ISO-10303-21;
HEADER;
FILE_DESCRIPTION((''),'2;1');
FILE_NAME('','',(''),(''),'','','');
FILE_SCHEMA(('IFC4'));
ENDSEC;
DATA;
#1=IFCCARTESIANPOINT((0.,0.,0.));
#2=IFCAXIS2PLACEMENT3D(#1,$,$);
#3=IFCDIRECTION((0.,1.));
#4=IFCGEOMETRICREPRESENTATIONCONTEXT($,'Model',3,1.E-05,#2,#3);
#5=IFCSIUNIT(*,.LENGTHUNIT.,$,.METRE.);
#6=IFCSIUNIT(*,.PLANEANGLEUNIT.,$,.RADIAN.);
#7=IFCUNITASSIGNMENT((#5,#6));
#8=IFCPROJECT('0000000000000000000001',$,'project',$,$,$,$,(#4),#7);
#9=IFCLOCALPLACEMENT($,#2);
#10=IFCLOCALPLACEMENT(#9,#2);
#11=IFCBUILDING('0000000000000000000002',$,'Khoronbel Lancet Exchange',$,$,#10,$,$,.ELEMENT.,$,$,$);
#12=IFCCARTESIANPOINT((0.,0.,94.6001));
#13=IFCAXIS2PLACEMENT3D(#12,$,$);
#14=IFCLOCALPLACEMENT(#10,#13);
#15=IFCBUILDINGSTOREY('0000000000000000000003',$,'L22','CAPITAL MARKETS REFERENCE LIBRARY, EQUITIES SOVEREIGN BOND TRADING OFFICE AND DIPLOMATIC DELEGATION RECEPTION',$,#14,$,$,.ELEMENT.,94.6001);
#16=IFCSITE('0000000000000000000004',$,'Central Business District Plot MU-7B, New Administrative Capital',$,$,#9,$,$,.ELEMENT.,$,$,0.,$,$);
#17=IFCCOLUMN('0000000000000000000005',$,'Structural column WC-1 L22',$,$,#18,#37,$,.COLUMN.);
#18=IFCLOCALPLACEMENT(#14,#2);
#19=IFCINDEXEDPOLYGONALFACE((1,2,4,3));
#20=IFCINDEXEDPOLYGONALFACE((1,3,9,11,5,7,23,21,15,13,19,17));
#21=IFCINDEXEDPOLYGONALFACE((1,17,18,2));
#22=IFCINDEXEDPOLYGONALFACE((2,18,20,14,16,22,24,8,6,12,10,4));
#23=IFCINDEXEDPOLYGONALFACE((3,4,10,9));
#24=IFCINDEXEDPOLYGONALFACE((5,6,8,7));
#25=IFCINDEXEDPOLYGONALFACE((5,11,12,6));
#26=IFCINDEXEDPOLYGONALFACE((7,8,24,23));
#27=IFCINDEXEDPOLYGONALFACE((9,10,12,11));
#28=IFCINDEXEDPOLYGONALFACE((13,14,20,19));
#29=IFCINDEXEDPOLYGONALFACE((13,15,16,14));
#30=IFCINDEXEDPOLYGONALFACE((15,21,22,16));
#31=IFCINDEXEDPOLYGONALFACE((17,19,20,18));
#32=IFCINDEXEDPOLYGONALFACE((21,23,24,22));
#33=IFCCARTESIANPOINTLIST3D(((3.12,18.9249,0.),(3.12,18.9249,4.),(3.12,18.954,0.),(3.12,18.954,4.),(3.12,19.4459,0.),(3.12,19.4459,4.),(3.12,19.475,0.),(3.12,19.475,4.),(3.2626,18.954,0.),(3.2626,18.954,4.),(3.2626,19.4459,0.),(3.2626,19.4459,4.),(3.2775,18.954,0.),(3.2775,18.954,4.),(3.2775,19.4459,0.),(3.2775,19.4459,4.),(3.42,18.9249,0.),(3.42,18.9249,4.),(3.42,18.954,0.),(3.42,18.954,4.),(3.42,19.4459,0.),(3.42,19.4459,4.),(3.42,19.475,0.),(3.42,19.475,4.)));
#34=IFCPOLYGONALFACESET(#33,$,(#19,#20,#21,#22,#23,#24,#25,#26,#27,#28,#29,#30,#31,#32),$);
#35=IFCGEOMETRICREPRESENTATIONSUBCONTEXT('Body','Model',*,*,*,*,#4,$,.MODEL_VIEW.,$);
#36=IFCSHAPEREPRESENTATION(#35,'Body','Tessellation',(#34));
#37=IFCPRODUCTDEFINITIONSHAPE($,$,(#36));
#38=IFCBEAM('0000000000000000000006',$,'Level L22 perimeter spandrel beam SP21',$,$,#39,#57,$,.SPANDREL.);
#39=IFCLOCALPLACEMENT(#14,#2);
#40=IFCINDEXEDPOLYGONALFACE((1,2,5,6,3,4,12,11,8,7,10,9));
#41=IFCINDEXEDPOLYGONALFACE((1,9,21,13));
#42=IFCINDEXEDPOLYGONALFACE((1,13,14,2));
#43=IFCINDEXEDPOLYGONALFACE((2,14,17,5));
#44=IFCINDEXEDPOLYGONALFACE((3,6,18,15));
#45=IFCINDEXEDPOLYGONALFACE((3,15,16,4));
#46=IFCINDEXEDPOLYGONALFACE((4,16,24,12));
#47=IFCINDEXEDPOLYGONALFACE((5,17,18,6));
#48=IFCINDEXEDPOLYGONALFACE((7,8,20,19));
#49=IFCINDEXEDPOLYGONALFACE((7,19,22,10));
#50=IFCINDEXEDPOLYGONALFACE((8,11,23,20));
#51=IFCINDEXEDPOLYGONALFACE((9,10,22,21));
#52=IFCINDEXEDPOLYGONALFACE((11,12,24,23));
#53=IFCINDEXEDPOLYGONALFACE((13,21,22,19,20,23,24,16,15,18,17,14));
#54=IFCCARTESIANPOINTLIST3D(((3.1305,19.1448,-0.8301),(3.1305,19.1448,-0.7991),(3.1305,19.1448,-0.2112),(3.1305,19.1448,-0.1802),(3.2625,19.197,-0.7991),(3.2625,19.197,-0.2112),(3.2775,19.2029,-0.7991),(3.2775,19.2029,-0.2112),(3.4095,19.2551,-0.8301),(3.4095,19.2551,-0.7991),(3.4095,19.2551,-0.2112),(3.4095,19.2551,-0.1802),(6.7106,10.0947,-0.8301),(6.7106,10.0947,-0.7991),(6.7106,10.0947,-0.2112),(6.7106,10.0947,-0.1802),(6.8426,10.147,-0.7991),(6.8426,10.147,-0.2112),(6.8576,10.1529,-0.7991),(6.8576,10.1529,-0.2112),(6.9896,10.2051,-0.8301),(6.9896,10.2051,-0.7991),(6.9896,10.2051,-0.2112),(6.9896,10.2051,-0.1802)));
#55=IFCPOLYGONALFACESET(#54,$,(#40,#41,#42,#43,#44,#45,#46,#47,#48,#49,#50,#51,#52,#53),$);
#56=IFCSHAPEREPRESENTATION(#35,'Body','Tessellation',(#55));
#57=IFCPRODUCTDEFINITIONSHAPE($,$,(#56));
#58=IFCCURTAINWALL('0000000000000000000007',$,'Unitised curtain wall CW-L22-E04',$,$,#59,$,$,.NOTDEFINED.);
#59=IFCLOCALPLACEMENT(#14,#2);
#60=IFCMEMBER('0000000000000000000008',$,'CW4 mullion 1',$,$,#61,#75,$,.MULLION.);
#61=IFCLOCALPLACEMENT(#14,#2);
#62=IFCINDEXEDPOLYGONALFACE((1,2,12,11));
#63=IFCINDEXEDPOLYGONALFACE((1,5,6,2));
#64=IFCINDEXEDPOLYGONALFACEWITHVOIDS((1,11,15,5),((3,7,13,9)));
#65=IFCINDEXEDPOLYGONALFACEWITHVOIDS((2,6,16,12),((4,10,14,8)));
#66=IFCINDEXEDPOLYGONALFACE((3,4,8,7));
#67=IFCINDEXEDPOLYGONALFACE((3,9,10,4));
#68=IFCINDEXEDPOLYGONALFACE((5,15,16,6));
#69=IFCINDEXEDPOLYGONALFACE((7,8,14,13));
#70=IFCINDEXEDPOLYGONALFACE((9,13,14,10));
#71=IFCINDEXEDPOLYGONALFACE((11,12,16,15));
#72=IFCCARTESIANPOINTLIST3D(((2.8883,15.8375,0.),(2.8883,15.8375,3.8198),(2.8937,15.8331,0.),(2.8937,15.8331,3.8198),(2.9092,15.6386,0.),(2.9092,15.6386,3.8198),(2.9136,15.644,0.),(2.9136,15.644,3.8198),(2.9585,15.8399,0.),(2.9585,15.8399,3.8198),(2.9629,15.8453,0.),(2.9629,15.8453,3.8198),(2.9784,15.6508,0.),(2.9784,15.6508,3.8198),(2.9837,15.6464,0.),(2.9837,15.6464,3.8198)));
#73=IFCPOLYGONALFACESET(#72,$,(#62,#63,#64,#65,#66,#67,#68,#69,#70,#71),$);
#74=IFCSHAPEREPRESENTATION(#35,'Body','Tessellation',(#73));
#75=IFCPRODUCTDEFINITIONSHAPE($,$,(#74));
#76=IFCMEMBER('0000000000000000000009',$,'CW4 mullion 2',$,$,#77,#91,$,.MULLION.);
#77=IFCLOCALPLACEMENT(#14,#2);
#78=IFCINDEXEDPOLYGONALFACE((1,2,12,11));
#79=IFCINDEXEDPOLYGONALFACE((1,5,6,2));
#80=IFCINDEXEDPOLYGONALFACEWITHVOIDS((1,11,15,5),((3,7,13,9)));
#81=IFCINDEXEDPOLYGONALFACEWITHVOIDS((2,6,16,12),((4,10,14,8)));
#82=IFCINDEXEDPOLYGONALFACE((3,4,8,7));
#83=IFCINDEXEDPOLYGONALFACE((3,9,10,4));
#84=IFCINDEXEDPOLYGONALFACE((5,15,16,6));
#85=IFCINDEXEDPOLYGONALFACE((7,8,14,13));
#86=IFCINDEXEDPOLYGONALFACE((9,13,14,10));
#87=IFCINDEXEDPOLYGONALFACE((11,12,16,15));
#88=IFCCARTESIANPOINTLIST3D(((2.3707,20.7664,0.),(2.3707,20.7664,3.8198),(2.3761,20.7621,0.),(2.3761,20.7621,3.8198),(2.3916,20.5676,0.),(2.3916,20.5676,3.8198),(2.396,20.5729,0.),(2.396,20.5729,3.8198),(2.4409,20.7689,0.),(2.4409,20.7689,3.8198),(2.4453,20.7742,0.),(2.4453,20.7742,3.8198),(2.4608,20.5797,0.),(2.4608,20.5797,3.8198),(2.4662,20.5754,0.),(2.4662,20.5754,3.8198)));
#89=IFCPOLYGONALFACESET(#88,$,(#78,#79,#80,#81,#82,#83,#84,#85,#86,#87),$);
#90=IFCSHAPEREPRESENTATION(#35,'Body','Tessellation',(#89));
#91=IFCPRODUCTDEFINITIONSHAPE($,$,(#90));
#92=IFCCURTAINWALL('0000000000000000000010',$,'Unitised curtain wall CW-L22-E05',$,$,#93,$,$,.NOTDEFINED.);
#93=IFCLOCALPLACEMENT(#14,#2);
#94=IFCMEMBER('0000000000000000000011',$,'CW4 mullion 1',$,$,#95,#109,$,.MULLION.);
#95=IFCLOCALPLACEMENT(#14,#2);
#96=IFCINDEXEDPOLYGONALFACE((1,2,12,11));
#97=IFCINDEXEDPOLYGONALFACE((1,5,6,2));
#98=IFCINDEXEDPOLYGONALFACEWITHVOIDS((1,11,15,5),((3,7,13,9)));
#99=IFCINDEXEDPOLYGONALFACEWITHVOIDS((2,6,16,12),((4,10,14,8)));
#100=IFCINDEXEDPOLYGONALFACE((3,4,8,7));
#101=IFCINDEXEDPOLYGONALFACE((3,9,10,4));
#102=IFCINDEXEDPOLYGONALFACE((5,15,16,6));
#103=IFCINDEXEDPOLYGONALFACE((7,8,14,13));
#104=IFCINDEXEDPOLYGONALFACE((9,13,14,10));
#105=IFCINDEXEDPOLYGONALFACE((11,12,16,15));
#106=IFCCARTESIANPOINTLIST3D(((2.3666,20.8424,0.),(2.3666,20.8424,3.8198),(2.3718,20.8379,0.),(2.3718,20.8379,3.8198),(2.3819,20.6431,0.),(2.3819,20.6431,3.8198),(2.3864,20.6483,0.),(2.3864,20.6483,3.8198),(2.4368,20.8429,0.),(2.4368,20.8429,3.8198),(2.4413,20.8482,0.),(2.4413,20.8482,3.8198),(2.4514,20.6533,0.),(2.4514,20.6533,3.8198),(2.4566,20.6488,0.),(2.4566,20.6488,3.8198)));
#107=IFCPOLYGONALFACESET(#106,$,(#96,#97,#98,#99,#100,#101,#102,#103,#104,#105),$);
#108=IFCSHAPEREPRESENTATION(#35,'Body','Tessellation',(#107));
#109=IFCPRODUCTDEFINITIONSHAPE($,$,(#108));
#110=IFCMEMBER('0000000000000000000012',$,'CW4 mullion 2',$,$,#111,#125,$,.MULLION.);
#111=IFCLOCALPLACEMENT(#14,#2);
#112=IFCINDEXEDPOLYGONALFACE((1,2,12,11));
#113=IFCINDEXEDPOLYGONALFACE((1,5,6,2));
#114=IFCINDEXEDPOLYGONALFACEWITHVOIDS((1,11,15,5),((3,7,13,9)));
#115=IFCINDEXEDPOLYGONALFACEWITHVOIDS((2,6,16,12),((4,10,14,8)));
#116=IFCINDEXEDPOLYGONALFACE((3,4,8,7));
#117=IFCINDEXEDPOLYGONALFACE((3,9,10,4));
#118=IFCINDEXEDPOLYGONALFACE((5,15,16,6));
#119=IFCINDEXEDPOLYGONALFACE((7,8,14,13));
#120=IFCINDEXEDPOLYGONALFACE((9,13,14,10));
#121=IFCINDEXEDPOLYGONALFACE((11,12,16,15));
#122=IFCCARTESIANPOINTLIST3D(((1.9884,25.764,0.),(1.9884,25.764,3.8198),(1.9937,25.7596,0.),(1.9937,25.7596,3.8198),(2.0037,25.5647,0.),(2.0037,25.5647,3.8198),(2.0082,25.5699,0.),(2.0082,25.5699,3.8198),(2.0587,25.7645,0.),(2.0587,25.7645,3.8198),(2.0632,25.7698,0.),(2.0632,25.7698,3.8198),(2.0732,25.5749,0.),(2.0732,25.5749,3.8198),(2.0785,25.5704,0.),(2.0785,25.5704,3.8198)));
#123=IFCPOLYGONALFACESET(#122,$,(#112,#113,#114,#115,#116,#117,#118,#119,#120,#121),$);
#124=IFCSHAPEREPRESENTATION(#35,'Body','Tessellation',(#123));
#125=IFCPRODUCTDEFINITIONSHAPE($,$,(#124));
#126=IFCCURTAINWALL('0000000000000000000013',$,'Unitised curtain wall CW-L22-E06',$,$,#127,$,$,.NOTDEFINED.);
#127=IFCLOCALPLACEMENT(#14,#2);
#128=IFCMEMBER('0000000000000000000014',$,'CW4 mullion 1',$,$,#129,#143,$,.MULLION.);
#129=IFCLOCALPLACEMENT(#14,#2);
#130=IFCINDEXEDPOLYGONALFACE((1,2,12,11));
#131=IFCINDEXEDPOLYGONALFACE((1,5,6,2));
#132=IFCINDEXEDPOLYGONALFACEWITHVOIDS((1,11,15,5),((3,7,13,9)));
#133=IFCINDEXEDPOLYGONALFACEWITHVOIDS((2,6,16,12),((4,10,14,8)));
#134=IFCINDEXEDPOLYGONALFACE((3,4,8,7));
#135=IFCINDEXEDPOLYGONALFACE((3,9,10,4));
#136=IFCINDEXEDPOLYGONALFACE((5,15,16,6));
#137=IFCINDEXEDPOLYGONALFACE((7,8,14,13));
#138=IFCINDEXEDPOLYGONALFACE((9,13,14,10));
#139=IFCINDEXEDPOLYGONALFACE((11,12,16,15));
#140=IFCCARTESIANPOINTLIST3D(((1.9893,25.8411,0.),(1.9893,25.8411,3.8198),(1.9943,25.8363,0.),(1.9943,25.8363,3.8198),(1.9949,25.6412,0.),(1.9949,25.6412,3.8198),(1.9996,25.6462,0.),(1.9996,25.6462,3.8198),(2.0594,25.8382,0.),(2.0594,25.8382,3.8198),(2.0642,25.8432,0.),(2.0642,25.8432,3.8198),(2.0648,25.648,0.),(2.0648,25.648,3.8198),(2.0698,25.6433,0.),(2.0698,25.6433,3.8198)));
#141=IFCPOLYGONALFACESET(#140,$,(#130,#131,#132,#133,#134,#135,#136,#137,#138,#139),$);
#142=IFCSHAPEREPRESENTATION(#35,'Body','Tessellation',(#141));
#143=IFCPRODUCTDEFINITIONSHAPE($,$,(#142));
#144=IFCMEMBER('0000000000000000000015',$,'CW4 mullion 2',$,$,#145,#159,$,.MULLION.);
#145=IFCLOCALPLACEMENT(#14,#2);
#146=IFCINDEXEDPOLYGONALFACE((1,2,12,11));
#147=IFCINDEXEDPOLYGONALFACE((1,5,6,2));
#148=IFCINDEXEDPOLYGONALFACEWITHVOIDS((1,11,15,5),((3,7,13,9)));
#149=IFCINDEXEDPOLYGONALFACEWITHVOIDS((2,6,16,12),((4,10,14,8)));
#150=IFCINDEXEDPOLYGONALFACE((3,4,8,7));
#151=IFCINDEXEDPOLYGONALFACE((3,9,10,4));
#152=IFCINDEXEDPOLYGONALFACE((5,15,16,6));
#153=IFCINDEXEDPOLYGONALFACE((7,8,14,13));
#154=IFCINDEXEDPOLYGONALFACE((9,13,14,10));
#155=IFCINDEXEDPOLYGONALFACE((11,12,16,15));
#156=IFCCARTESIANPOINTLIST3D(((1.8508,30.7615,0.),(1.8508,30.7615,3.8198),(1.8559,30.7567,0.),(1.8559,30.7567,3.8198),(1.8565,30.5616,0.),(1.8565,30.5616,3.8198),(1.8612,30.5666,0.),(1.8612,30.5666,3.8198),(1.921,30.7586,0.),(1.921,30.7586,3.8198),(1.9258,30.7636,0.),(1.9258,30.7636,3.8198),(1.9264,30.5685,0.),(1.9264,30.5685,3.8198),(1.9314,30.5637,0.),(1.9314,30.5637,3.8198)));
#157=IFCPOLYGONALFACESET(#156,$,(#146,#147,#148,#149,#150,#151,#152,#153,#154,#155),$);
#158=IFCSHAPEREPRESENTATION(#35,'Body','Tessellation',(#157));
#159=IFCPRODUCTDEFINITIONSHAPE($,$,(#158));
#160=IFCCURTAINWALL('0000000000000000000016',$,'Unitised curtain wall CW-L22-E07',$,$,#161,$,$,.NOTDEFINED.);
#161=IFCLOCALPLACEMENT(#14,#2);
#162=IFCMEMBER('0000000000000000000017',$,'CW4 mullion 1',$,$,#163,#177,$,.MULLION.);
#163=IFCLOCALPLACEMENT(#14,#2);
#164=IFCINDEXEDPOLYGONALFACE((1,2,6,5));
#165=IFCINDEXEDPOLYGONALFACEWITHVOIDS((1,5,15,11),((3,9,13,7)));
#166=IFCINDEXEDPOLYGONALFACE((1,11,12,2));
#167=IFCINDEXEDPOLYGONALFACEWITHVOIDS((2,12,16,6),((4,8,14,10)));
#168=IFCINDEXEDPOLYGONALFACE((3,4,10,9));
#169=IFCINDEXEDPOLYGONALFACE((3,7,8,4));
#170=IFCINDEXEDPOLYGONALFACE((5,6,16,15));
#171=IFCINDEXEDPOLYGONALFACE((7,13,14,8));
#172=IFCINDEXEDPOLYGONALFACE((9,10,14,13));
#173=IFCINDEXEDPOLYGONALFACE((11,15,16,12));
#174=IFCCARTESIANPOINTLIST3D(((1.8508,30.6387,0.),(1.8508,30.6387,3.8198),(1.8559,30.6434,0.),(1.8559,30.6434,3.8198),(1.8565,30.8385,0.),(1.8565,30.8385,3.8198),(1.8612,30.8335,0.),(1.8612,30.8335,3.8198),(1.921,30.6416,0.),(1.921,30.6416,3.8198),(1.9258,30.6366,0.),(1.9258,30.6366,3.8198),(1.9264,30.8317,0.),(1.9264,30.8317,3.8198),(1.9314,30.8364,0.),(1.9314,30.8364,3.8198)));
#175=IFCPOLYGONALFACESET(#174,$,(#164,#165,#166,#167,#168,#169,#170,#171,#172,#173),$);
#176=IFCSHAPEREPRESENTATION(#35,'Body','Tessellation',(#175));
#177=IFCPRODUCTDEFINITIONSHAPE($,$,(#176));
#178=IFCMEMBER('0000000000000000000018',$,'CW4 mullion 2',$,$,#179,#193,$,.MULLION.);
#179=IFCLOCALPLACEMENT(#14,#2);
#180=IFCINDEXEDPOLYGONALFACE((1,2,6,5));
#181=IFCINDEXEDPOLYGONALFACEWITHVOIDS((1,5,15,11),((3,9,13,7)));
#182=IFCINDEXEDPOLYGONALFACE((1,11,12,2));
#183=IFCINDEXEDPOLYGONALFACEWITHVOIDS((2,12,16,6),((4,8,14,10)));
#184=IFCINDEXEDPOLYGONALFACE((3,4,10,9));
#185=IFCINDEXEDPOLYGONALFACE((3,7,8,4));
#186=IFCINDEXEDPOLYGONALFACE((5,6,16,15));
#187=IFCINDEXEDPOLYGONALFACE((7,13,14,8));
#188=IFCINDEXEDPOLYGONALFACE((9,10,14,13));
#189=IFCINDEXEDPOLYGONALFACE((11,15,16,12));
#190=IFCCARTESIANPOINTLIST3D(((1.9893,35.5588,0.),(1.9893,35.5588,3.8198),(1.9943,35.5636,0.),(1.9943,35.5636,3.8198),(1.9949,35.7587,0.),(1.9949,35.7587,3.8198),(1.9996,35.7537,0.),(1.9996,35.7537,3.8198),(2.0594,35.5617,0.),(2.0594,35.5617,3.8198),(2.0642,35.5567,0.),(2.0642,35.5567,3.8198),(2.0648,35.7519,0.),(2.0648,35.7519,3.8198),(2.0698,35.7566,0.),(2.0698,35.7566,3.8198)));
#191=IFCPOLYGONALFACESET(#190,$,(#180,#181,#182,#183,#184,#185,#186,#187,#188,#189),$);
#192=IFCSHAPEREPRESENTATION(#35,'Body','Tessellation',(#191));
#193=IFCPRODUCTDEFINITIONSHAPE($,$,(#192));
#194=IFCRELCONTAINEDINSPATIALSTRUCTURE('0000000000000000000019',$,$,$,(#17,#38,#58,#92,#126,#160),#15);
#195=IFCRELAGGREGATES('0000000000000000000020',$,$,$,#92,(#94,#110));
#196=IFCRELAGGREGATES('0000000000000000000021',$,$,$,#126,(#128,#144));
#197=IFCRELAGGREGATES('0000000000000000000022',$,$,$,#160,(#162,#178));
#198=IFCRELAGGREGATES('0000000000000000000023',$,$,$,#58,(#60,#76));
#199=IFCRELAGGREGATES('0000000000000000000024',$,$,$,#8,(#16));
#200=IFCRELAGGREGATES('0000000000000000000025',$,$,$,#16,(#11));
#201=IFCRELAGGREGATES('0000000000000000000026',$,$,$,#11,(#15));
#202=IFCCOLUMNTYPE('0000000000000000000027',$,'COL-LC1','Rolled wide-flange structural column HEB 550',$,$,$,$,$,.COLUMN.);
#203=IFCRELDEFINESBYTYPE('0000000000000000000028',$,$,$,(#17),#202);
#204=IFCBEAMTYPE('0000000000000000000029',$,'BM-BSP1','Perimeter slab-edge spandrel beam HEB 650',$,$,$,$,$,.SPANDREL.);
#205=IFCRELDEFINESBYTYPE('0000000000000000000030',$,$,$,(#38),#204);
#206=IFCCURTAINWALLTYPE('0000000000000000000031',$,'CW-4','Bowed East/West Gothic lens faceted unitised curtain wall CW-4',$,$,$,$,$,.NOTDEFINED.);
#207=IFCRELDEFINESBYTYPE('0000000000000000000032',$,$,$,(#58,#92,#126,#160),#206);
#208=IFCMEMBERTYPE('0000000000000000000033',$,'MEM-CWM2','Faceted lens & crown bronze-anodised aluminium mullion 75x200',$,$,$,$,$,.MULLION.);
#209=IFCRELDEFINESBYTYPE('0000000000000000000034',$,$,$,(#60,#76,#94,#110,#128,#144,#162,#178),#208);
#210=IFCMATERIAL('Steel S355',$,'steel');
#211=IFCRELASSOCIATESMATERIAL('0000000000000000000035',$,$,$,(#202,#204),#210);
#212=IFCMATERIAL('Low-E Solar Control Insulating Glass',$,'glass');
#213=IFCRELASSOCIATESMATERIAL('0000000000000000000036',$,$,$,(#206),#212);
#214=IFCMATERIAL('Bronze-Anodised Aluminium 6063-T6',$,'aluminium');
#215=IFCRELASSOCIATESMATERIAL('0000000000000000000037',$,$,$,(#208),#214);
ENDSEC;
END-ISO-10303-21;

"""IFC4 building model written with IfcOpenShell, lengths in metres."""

from ifc_helpers import new_model, si_unit, direction, frame, origin, origin_2d, place, context, subcontext, project, spatial, hollow_rectangle, i_section, extrude, material, material_profile, profile_set, type_object, element, aggregate, save


model = new_model("IFC4")

# Units and contexts
model_context = context("Model", 3, precision=1e-05, world=origin(), true_north=direction((0.0, 1.0)))
body_context = subcontext(model_context, "Body", "Model", "MODEL_VIEW")
ifc_project = project(units=[si_unit("LENGTHUNIT", "METRE"), si_unit("PLANEANGLEUNIT", "RADIAN")], contexts=[model_context])

# Site, building, storey
site_placement = place(None, origin())
site = spatial("IfcSite", under=ifc_project, at=site_placement, Name="Central Business District Plot MU-7B, New Administrative Capital", CompositionType="ELEMENT", RefElevation=0.0)
building_placement = place(site_placement, origin())
building = spatial("IfcBuilding", under=site, at=building_placement, Name="Khoronbel Lancet Exchange", CompositionType="ELEMENT")
storey_placement = place(building_placement, frame((0.0, 0.0, 94.6001)))
storey = spatial("IfcBuildingStorey", under=building, at=storey_placement, Name="L22", Description="CAPITAL MARKETS REFERENCE LIBRARY, EQUITIES SOVEREIGN BOND TRADING OFFICE AND DIPLOMATIC DELEGATION RECEPTION", CompositionType="ELEMENT", Elevation=94.6001)

# Column
ifc_material_1 = material(Name="Steel S355", Category="steel")
ifc_material_profile_1 = material_profile(ifc_material_1, i_section(OverallWidth=0.3, OverallDepth=0.55, WebThickness=0.0149, FlangeThickness=0.0291, at=origin_2d()), Name="HEB 550")
ifc_profile_set_1 = profile_set([ifc_material_profile_1], Name="Steel S355")
column_type = type_object("IfcColumnType", Name="COL-LC1", Description="Rolled wide-flange structural column HEB 550", PredefinedType="COLUMN", material=ifc_profile_set_1)
column_placement = place(storey_placement, frame((3.27, 19.2, 0.0), z_axis=(0.0, 0.0, 1.0), x_axis=(1.0, 0.0, 0.0)))
element("IfcColumn", 1, at=column_placement, inside=storey, type_object=column_type, Name="Structural column WC-1 L22", PredefinedType="COLUMN", context=body_context, shape_type="SweptSolid", body=[
    extrude(i_section(OverallWidth=0.3, OverallDepth=0.55, WebThickness=0.0149, FlangeThickness=0.0291, at=origin_2d()), origin(), (0.0, 0.0, 1.0), 4.0),
])

# Beam
ifc_material_profile_2 = material_profile(ifc_material_1, i_section(OverallWidth=0.3, OverallDepth=0.6499, WebThickness=0.0161, FlangeThickness=0.031, at=origin_2d()), Name="HEB 650")
ifc_profile_set_2 = profile_set([ifc_material_profile_2], Name="Steel S355")
beam_type = type_object("IfcBeamType", Name="BM-BSP1", Description="Perimeter slab-edge spandrel beam HEB 650", PredefinedType="SPANDREL", material=ifc_profile_set_2)
beam_placement = place(storey_placement, frame((3.27, 19.2, -0.5051), z_axis=(0.36785, -0.929885, 0.0), x_axis=(0.929885, 0.36785, 0.0)))
element("IfcBeam", 2, at=beam_placement, inside=storey, type_object=beam_type, Name="Level L22 perimeter spandrel beam SP21", PredefinedType="SPANDREL", context=body_context, shape_type="SweptSolid", body=[
    extrude(i_section(OverallWidth=0.3, OverallDepth=0.6499, WebThickness=0.0161, FlangeThickness=0.031, at=origin_2d()), origin(), (0.0, 0.0, 1.0), 9.7324),
])

# Curtain walls, members
ifc_material_2 = material(Name="Low-E Solar Control Insulating Glass", Category="glass")
curtain_wall_type = type_object("IfcCurtainWallType", Name="CW-4", Description="Bowed East/West Gothic lens faceted unitised curtain wall CW-4", PredefinedType="NOTDEFINED", material=ifc_material_2)
curtain_wall_1_placement = place(storey_placement, origin())
curtain_wall_1 = element("IfcCurtainWall", 3, at=curtain_wall_1_placement, inside=storey, type_object=curtain_wall_type, Name="Unitised curtain wall CW-L22-E04", PredefinedType="NOTDEFINED")
ifc_material_3 = material(Name="Bronze-Anodised Aluminium 6063-T6", Category="aluminium")
ifc_material_profile_3 = material_profile(ifc_material_3, hollow_rectangle(XDim=0.075, YDim=0.2, WallThickness=0.0049, at=origin_2d()), Name="ALU MULLION 75x200")
ifc_profile_set_3 = profile_set([ifc_material_profile_3], Name="Bronze-Anodised Aluminium 6063-T6")
member_type_1 = type_object("IfcMemberType", Name="MEM-CWM2", Description="Faceted lens & crown bronze-anodised aluminium mullion 75x200", PredefinedType="MULLION", material=ifc_profile_set_3)
member_1_placement = place(storey_placement, frame((2.936, 15.7419, 0.0), z_axis=(0.0, 0.0, 1.0), x_axis=(-0.994532, -0.104434, 0.0)))
member_1 = element("IfcMember", 4, at=member_1_placement, type_object=member_type_1, Name="CW4 mullion 1", PredefinedType="MULLION", context=body_context, shape_type="SweptSolid", body=[
    extrude(hollow_rectangle(XDim=0.075, YDim=0.2, WallThickness=0.0049, at=origin_2d()), origin(), (0.0, 0.0, 1.0), 3.8198),
])
member_2_placement = place(storey_placement, frame((2.4185, 20.6709, 0.0), z_axis=(0.0, 0.0, 1.0), x_axis=(-0.994532, -0.104434, 0.0)))
member_2 = element("IfcMember", 5, at=member_2_placement, type_object=member_type_1, Name="CW4 mullion 2", PredefinedType="MULLION", context=body_context, shape_type="SweptSolid", body=[
    extrude(hollow_rectangle(XDim=0.075, YDim=0.2, WallThickness=0.0049, at=origin_2d()), origin(), (0.0, 0.0, 1.0), 3.8198),
])
curtain_wall_2_placement = place(storey_placement, origin())
curtain_wall_2 = element("IfcCurtainWall", 6, at=curtain_wall_2_placement, inside=storey, type_object=curtain_wall_type, Name="Unitised curtain wall CW-L22-E05", PredefinedType="NOTDEFINED")
member_3_placement = place(storey_placement, frame((2.4116, 20.7456, 0.0), z_axis=(0.0, 0.0, 1.0), x_axis=(-0.99706, -0.076626, 0.0)))
member_3 = element("IfcMember", 7, at=member_3_placement, type_object=member_type_1, Name="CW4 mullion 1", PredefinedType="MULLION", context=body_context, shape_type="SweptSolid", body=[
    extrude(hollow_rectangle(XDim=0.075, YDim=0.2, WallThickness=0.0049, at=origin_2d()), origin(), (0.0, 0.0, 1.0), 3.8198),
])
member_4_placement = place(storey_placement, frame((2.0334, 25.6672, 0.0), z_axis=(0.0, 0.0, 1.0), x_axis=(-0.99706, -0.076626, 0.0)))
member_4 = element("IfcMember", 8, at=member_4_placement, type_object=member_type_1, Name="CW4 mullion 2", PredefinedType="MULLION", context=body_context, shape_type="SweptSolid", body=[
    extrude(hollow_rectangle(XDim=0.075, YDim=0.2, WallThickness=0.0049, at=origin_2d()), origin(), (0.0, 0.0, 1.0), 3.8198),
])
curtain_wall_3_placement = place(storey_placement, origin())
curtain_wall_3 = element("IfcCurtainWall", 9, at=curtain_wall_3_placement, inside=storey, type_object=curtain_wall_type, Name="Unitised curtain wall CW-L22-E06", PredefinedType="NOTDEFINED")
member_5_placement = place(storey_placement, frame((2.0295, 25.7422, 0.0), z_axis=(0.0, 0.0, 1.0), x_axis=(-0.999604, -0.028135, 0.0)))
member_5 = element("IfcMember", 10, at=member_5_placement, type_object=member_type_1, Name="CW4 mullion 1", PredefinedType="MULLION", context=body_context, shape_type="SweptSolid", body=[
    extrude(hollow_rectangle(XDim=0.075, YDim=0.2, WallThickness=0.0049, at=origin_2d()), origin(), (0.0, 0.0, 1.0), 3.8198),
])
member_6_placement = place(storey_placement, frame((1.8911, 30.6626, 0.0), z_axis=(0.0, 0.0, 1.0), x_axis=(-0.999604, -0.028135, 0.0)))
member_6 = element("IfcMember", 11, at=member_6_placement, type_object=member_type_1, Name="CW4 mullion 2", PredefinedType="MULLION", context=body_context, shape_type="SweptSolid", body=[
    extrude(hollow_rectangle(XDim=0.075, YDim=0.2, WallThickness=0.0049, at=origin_2d()), origin(), (0.0, 0.0, 1.0), 3.8198),
])
curtain_wall_4_placement = place(storey_placement, origin())
curtain_wall_4 = element("IfcCurtainWall", 12, at=curtain_wall_4_placement, inside=storey, type_object=curtain_wall_type, Name="Unitised curtain wall CW-L22-E07", PredefinedType="NOTDEFINED")
member_7_placement = place(storey_placement, frame((1.8911, 30.7375, 0.0), z_axis=(0.0, 0.0, 1.0), x_axis=(-0.999604, 0.028135, 0.0)))
member_7 = element("IfcMember", 13, at=member_7_placement, type_object=member_type_1, Name="CW4 mullion 1", PredefinedType="MULLION", context=body_context, shape_type="SweptSolid", body=[
    extrude(hollow_rectangle(XDim=0.075, YDim=0.2, WallThickness=0.0049, at=origin_2d()), origin(), (0.0, 0.0, 1.0), 3.8198),
])
member_8_placement = place(storey_placement, frame((2.0295, 35.6577, 0.0), z_axis=(0.0, 0.0, 1.0), x_axis=(-0.999604, 0.028135, 0.0)))
member_8 = element("IfcMember", 14, at=member_8_placement, type_object=member_type_1, Name="CW4 mullion 2", PredefinedType="MULLION", context=body_context, shape_type="SweptSolid", body=[
    extrude(hollow_rectangle(XDim=0.075, YDim=0.2, WallThickness=0.0049, at=origin_2d()), origin(), (0.0, 0.0, 1.0), 3.8198),
])

aggregate(curtain_wall_2, [member_3, member_4])
aggregate(curtain_wall_3, [member_5, member_6])
aggregate(curtain_wall_4, [member_7, member_8])
aggregate(curtain_wall_1, [member_1, member_2])

save(model, "model.ifc")
